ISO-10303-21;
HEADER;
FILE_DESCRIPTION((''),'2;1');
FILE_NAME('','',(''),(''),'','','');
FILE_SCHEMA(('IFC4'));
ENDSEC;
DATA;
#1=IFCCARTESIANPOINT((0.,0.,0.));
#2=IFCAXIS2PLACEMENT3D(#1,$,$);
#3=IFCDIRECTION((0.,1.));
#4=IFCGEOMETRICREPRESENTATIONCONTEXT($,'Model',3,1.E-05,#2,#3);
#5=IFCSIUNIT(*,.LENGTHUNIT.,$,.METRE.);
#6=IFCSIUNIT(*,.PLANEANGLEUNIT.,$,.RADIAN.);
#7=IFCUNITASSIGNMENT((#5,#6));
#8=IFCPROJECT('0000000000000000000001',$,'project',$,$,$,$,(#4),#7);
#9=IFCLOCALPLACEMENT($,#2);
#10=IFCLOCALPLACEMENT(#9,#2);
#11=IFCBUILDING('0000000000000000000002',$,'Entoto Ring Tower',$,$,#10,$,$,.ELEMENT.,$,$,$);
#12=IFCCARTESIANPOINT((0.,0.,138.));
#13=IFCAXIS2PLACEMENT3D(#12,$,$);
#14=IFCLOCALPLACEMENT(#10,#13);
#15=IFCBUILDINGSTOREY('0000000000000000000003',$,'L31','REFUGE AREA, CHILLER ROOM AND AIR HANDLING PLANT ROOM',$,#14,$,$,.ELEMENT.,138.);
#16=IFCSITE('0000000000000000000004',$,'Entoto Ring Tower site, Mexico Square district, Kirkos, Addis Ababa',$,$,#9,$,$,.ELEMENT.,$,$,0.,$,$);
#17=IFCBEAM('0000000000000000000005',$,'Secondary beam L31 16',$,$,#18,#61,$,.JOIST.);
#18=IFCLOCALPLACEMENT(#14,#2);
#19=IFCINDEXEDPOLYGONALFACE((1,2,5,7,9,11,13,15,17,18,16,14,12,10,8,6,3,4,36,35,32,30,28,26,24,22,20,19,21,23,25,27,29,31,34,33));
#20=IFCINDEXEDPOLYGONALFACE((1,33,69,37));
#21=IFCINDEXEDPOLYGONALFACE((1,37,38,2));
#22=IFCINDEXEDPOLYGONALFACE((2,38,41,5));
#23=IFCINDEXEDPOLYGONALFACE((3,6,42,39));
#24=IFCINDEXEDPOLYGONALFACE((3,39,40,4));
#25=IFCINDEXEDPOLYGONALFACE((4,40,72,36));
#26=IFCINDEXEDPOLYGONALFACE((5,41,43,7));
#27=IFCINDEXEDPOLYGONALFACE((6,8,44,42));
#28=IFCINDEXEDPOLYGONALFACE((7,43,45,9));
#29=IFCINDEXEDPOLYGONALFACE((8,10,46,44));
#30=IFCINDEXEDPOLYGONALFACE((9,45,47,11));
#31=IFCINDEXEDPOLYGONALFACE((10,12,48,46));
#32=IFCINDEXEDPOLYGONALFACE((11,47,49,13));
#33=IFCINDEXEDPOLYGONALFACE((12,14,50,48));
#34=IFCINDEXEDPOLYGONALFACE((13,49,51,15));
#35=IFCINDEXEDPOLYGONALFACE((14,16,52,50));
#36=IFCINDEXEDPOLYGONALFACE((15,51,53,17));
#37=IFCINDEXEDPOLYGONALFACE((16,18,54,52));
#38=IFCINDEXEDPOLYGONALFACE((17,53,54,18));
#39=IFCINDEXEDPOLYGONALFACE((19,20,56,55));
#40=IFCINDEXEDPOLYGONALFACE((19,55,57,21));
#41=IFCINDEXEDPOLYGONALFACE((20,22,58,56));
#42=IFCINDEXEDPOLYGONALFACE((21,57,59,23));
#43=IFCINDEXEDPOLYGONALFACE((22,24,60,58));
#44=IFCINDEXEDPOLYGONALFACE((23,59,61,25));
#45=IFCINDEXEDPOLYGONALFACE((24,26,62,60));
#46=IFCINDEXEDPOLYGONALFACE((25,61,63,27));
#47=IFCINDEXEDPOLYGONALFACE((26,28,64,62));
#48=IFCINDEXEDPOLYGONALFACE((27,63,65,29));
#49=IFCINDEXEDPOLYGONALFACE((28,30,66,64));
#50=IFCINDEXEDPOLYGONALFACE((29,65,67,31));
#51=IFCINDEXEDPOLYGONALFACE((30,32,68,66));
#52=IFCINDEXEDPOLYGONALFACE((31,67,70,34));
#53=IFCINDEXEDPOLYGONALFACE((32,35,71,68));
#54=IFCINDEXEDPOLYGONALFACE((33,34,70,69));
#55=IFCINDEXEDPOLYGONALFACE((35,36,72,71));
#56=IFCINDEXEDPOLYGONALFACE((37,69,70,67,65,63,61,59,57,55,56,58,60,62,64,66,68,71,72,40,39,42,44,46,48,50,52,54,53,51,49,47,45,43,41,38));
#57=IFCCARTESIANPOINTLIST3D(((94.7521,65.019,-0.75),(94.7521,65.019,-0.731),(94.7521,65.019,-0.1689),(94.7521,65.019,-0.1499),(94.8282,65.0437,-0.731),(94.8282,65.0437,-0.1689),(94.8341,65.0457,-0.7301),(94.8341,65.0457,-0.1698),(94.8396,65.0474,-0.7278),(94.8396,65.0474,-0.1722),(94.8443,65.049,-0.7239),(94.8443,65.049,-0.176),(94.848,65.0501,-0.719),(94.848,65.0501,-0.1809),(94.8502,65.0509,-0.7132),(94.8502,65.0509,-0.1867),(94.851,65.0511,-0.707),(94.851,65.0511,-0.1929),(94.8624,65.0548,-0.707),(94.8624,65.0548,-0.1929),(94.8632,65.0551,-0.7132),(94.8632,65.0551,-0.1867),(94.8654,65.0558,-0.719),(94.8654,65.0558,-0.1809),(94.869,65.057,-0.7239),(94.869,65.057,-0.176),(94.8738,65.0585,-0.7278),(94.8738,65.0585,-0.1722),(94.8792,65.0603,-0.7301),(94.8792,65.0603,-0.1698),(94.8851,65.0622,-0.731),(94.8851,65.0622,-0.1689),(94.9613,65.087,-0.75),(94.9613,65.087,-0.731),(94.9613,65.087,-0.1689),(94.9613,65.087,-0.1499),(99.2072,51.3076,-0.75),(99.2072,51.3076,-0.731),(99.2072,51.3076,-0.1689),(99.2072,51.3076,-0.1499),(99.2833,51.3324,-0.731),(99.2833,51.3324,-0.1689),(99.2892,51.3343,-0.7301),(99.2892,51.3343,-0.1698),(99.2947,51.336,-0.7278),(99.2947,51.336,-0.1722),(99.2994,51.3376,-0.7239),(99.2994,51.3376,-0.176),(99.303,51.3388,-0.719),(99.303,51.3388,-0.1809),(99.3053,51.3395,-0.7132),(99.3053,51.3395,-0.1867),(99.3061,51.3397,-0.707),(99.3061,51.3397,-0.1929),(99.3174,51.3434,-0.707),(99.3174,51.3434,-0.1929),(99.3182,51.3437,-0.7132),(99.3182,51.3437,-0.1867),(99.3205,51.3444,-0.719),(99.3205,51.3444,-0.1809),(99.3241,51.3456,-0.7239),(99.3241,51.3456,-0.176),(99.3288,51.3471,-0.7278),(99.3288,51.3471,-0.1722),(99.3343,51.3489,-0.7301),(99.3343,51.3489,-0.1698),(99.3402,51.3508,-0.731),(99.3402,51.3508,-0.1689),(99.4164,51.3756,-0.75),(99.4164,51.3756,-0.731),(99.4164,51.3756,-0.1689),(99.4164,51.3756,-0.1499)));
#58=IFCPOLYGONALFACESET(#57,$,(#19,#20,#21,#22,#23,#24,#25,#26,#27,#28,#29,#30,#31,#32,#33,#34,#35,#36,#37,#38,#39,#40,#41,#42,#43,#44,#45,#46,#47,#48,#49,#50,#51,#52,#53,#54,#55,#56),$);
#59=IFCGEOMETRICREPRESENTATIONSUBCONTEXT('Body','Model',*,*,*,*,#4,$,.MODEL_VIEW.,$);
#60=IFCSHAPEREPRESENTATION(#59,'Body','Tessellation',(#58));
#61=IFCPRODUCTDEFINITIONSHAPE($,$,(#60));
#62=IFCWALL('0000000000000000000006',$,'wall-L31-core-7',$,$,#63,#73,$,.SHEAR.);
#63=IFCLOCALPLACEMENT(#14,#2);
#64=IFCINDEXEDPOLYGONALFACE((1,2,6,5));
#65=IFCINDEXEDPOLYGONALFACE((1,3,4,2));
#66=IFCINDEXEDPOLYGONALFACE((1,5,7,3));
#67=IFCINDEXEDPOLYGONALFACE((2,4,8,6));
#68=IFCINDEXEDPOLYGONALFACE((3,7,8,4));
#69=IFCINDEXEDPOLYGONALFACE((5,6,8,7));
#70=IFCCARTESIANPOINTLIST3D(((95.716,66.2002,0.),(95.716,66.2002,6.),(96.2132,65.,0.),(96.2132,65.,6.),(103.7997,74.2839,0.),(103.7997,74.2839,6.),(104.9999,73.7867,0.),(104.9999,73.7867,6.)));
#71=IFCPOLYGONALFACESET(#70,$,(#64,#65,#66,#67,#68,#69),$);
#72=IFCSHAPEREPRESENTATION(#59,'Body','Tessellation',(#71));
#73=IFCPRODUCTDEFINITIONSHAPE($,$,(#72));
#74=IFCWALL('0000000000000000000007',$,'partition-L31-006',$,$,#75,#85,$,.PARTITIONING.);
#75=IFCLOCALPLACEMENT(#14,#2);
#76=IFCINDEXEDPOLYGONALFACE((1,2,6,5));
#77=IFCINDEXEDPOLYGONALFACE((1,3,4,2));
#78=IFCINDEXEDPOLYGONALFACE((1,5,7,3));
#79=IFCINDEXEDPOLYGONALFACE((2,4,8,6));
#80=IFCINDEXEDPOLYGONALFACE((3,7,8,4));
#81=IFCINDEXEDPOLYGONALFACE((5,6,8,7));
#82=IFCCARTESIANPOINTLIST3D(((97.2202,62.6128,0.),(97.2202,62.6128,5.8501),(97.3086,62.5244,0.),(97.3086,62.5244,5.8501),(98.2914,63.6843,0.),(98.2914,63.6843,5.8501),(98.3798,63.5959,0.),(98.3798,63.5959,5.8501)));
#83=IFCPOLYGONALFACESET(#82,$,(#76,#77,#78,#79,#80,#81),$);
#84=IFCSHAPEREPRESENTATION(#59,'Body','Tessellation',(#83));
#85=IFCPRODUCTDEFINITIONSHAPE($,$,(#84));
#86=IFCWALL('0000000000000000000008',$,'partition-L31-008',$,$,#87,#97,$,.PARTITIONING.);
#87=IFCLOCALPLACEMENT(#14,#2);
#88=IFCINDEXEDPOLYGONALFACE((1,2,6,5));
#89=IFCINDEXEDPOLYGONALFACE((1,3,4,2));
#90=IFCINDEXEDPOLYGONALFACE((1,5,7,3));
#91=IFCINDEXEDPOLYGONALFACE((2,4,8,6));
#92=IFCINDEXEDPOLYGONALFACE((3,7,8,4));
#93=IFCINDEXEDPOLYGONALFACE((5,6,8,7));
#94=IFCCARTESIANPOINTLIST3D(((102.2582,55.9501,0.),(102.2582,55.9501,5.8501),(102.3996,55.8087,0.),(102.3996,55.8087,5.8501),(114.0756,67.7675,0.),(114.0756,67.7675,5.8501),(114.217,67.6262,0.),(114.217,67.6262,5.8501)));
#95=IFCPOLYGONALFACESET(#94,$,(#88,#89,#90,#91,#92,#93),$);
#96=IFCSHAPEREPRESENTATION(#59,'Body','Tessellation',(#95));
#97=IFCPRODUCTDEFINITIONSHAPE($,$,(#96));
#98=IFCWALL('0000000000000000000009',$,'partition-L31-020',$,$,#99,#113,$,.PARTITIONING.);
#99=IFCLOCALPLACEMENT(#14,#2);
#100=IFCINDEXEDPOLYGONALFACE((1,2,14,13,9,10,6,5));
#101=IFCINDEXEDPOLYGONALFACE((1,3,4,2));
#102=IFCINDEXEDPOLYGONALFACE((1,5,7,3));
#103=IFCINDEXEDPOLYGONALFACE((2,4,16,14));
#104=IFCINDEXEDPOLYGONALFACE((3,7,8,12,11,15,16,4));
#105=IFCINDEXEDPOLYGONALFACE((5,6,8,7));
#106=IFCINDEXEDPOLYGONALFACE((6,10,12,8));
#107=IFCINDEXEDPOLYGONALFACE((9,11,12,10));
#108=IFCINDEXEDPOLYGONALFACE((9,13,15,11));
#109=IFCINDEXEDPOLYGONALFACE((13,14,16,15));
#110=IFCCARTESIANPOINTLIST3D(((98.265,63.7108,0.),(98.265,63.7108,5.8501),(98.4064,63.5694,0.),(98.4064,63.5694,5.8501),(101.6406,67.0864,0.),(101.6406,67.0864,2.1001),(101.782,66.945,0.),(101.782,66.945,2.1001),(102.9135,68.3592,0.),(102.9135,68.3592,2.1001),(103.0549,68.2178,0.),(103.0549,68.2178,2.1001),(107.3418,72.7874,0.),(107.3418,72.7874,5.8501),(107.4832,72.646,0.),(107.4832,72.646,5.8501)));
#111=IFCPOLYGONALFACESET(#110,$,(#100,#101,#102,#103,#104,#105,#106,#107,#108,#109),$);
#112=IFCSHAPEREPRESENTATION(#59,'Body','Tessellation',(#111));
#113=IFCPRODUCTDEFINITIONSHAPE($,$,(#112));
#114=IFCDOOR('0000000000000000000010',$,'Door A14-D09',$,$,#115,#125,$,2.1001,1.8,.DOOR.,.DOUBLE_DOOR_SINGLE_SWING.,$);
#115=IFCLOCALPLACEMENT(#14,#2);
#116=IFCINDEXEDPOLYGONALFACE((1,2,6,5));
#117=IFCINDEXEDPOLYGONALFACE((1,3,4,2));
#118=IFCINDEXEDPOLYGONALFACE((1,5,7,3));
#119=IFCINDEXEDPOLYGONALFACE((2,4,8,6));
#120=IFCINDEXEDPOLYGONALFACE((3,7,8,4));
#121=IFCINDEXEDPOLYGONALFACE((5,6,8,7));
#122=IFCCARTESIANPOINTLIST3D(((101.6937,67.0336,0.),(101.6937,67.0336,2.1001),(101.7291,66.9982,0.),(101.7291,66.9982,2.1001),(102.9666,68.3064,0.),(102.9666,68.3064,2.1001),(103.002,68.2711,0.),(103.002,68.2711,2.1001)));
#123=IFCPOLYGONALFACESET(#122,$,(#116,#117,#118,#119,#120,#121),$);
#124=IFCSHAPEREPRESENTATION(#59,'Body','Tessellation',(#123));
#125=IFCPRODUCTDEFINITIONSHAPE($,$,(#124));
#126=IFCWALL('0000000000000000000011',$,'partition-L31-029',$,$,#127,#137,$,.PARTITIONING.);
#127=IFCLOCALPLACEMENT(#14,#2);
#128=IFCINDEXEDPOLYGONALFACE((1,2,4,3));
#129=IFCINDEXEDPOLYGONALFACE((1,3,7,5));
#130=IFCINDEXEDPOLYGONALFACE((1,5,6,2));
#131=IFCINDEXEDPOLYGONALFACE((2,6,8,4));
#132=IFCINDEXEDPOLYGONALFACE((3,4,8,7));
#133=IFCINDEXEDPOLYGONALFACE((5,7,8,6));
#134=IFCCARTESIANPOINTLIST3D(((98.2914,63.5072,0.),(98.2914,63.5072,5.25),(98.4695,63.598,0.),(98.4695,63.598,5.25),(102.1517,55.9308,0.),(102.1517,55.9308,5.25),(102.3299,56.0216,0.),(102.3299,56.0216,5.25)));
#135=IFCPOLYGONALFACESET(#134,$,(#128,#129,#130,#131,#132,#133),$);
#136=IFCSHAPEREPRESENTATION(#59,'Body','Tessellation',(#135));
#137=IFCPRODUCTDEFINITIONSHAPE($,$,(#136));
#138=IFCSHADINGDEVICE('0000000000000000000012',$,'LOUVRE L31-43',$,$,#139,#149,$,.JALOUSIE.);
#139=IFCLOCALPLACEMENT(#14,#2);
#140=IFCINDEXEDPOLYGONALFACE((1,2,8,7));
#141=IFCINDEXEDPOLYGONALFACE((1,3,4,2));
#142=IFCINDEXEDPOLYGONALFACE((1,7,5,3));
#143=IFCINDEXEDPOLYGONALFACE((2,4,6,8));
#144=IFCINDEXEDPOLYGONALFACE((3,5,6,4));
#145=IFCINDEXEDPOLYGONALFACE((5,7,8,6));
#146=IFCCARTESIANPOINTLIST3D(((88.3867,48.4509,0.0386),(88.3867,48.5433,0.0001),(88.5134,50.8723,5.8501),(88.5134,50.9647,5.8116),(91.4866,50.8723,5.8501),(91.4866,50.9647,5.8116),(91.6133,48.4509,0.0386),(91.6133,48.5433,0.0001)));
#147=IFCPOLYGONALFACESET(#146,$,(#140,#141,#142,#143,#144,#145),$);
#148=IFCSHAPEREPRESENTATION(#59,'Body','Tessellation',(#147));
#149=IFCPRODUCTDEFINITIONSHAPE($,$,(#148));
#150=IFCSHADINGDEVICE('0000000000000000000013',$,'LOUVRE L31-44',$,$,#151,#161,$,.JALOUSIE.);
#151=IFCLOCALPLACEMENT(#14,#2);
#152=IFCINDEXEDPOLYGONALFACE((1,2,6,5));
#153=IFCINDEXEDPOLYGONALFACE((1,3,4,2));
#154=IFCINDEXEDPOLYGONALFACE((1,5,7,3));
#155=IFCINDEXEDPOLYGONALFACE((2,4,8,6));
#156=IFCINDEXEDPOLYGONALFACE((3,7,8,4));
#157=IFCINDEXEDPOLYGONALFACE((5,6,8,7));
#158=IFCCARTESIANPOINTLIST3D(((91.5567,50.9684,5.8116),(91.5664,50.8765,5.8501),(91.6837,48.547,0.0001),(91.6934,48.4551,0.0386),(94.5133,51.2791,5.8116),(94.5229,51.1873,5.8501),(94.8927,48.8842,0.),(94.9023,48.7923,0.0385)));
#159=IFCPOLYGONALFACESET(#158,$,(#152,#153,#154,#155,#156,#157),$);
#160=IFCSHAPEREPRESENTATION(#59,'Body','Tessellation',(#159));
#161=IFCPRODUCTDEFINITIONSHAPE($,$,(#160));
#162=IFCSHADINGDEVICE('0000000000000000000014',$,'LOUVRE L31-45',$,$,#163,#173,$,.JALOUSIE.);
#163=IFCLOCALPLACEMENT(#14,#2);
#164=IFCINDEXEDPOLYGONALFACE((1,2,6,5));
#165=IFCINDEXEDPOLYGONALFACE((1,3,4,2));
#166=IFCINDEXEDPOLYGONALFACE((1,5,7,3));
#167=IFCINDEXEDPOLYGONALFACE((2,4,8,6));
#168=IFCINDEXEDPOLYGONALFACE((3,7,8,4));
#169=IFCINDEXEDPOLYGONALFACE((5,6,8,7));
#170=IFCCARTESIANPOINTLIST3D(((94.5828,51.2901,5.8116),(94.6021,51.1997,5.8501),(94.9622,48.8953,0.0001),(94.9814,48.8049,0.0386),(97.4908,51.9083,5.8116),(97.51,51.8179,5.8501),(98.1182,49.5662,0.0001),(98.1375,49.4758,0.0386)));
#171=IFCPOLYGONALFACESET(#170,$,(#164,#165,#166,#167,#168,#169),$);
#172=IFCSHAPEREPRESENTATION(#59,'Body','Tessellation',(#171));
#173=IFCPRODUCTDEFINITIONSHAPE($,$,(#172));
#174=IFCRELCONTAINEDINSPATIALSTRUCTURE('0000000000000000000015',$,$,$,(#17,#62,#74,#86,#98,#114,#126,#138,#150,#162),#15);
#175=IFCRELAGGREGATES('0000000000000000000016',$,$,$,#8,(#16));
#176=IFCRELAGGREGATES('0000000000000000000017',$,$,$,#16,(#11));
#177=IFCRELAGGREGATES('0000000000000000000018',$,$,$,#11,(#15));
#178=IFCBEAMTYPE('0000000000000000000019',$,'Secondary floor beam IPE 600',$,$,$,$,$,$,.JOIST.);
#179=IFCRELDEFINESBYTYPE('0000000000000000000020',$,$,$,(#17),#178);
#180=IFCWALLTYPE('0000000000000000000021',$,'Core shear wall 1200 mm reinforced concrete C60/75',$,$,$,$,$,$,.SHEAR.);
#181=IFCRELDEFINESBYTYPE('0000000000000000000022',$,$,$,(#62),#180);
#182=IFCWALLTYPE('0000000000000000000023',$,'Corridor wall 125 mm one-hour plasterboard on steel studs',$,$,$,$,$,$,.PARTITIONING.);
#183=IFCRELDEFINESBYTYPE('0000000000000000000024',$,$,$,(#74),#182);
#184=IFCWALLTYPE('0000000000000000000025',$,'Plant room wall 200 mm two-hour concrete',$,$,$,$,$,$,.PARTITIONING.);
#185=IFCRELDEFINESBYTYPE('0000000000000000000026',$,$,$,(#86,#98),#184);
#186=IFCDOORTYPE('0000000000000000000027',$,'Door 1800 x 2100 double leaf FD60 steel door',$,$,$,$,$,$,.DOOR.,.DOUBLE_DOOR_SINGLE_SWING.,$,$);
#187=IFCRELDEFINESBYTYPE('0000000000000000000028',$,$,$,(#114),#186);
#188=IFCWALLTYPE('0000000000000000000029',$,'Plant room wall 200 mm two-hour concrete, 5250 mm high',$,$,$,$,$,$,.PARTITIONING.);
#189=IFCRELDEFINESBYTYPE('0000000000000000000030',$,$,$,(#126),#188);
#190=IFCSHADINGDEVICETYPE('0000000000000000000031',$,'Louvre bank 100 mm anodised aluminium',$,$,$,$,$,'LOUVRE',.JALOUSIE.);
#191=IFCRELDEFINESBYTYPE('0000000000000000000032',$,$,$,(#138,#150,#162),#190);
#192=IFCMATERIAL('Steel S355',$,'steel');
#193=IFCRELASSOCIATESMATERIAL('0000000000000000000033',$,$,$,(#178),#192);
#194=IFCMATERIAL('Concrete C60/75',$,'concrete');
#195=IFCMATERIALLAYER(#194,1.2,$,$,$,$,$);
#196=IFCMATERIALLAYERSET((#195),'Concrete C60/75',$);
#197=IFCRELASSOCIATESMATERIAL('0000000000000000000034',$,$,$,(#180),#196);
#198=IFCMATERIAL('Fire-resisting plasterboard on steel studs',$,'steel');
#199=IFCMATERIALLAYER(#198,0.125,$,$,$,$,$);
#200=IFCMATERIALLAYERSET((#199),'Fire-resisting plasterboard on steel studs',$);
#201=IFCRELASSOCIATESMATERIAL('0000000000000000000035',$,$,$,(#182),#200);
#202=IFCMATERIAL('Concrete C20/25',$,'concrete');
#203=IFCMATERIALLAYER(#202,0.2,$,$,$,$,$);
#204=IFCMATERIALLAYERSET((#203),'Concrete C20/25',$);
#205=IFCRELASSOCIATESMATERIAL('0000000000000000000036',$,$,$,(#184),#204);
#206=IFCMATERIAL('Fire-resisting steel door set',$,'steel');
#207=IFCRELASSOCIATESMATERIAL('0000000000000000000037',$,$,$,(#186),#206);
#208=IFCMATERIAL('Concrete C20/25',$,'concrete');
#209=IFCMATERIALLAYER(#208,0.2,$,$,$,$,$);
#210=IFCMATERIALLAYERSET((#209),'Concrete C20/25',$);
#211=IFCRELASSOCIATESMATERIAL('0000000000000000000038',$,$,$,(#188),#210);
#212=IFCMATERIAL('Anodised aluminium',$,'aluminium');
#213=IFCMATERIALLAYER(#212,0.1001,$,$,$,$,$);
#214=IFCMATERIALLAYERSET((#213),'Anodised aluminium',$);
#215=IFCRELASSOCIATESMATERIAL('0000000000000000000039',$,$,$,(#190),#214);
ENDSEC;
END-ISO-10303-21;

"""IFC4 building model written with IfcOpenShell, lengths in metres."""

from ifc_helpers import new_model, si_unit, direction, frame, frame_2d, origin, origin_2d, place, context, subcontext, project, spatial, polyline, rectangle, i_section, outline, extrude, material, layer, layer_set, material_profile, profile_set, type_object, element, fill, save


model = new_model("IFC4")

# Units and contexts
model_context = context("Model", 3, precision=1e-05, world=origin(), true_north=direction((0.0, 1.0)))
body_context = subcontext(model_context, "Body", "Model", "MODEL_VIEW")
ifc_project = project(units=[si_unit("LENGTHUNIT", "METRE"), si_unit("PLANEANGLEUNIT", "RADIAN")], contexts=[model_context])

# Site, building, storey
site_placement = place(None, origin())
site = spatial("IfcSite", under=ifc_project, at=site_placement, Name="Entoto Ring Tower site, Mexico Square district, Kirkos, Addis Ababa", CompositionType="ELEMENT", RefElevation=0.0)
building_placement = place(site_placement, origin())
building = spatial("IfcBuilding", under=site, at=building_placement, Name="Entoto Ring Tower", CompositionType="ELEMENT")
storey_placement = place(building_placement, frame((0.0, 0.0, 138.0)))
storey = spatial("IfcBuildingStorey", under=building, at=storey_placement, Name="L31", Description="REFUGE AREA, CHILLER ROOM AND AIR HANDLING PLANT ROOM", CompositionType="ELEMENT", Elevation=138.0)

# Beam
ifc_material_1 = material(Name="Steel S355", Category="steel")
ifc_material_profile_1 = material_profile(ifc_material_1, i_section(OverallWidth=0.22, OverallDepth=0.6001, WebThickness=0.012, FlangeThickness=0.019, FilletRadius=0.0239, at=origin_2d()), Name="IPE 600")
ifc_profile_set_1 = profile_set([ifc_material_profile_1], Name="Steel S355")
beam_type_1 = type_object("IfcBeamType", Name="Secondary floor beam IPE 600", PredefinedType="JOIST", material=ifc_profile_set_1)
beam_1_placement = place(storey_placement, frame((94.8567, 65.053, -0.45), z_axis=(0.309015, -0.951057, 0.0), x_axis=(0.951057, 0.309015, 0.0)))
element("IfcBeam", 1, at=beam_1_placement, inside=storey, type_object=beam_type_1, Name="Secondary beam L31 16", PredefinedType="JOIST", context=body_context, shape_type="SweptSolid", body=[
    extrude(i_section(OverallWidth=0.22, OverallDepth=0.6001, WebThickness=0.012, FlangeThickness=0.019, FilletRadius=0.0239, at=origin_2d()), origin(), (0.0, 0.0, 1.0), 14.417),
])

# Walls
ifc_material_2 = material(Name="Concrete C60/75", Category="concrete")
ifc_layer_1 = layer(ifc_material_2, 1.2)
ifc_layer_set_1 = layer_set([ifc_layer_1], Name="Concrete C60/75")
wall_type_1 = type_object("IfcWallType", Name="Core shear wall 1200 mm reinforced concrete C60/75", PredefinedType="SHEAR", material=ifc_layer_set_1)
wall_1_placement = place(storey_placement, frame((95.9646, 65.6001, 0.0), z_axis=(0.0, 0.0, 1.0), x_axis=(0.707107, 0.707107, 0.0)))
element("IfcWall", 2, at=wall_1_placement, inside=storey, type_object=wall_type_1, Name="wall-L31-core-7", PredefinedType="SHEAR", context=body_context, shape_type="SweptSolid", body=[
    extrude(outline(polyline([(-0.2485, -0.6001), (12.1777, -0.6001), (11.6807, 0.6001), (0.2485, 0.6001), (-0.2485, -0.6001)])), origin(), (0.0, 0.0, 1.0), 6.0),
])
ifc_material_3 = material(Name="Fire-resisting plasterboard on steel studs", Category="steel")
ifc_layer_2 = layer(ifc_material_3, 0.125)
ifc_layer_set_2 = layer_set([ifc_layer_2], Name="Fire-resisting plasterboard on steel studs")
wall_type_2 = type_object("IfcWallType", Name="Corridor wall 125 mm one-hour plasterboard on steel studs", PredefinedType="PARTITIONING", material=ifc_layer_set_2)
wall_2_placement = place(storey_placement, frame((97.2644, 62.5686, 0.0), z_axis=(0.0, 0.0, 1.0), x_axis=(0.707026, 0.707187, 0.0)))
element("IfcWall", 3, at=wall_2_placement, inside=storey, type_object=wall_type_2, Name="partition-L31-006", PredefinedType="PARTITIONING", context=body_context, shape_type="SweptSolid", body=[
    extrude(rectangle(XDim=1.5151, YDim=0.125, at=frame_2d((0.7576, 0.0))), origin(), (0.0, 0.0, 1.0), 5.8501),
])
ifc_material_4 = material(Name="Concrete C20/25", Category="concrete")
ifc_layer_3 = layer(ifc_material_4, 0.2)
ifc_layer_set_3 = layer_set([ifc_layer_3], Name="Concrete C20/25")
wall_type_3 = type_object("IfcWallType", Name="Plant room wall 200 mm two-hour concrete", PredefinedType="PARTITIONING", material=ifc_layer_set_3)
wall_3_placement = place(storey_placement, frame((102.3289, 55.8794, 0.0), z_axis=(0.0, 0.0, 1.0), x_axis=(0.707107, 0.707107, 0.0)))
element("IfcWall", 4, at=wall_3_placement, inside=storey, type_object=wall_type_3, Name="partition-L31-008", PredefinedType="PARTITIONING", context=body_context, shape_type="SweptSolid", body=[
    extrude(rectangle(XDim=16.7124, YDim=0.2, at=frame_2d((8.3562, 0.0))), origin(), (0.0, 0.0, 1.0), 5.8501),
])

# Wall, opening, door
wall_4_placement = place(storey_placement, frame((98.3357, 63.6401, 0.0), z_axis=(0.0, 0.0, 1.0), x_axis=(0.707116, 0.707097, 0.0)))
wall_4 = element("IfcWall", 5, at=wall_4_placement, inside=storey, type_object=wall_type_3, Name="partition-L31-020", PredefinedType="PARTITIONING", context=body_context, shape_type="SweptSolid", body=[
    extrude(rectangle(XDim=12.8364, YDim=0.2, at=frame_2d((6.4182, 0.0))), origin(), (0.0, 0.0, 1.0), 5.8501),
])
opening_placement = place(wall_4_placement, frame((4.7739, 0.0, 0.0)))
opening = element("IfcOpeningElement", 6, at=opening_placement, cuts=wall_4, PredefinedType="OPENING", context=body_context, shape_type="SweptSolid", body=[
    extrude(rectangle(XDim=1.8, YDim=2.1001, at=frame_2d((0.8999, 1.05))), frame((0.0, 0.1099, 0.0), z_axis=(0.0, -1.0, 0.0), x_axis=(1.0, 0.0, 0.0)), (0.0, 0.0, 1.0), 0.22),
])
ifc_material_5 = material(Name="Fire-resisting steel door set", Category="steel")
door_type = type_object("IfcDoorType", Name="Door 1800 x 2100 double leaf FD60 steel door", OperationType="DOUBLE_DOOR_SINGLE_SWING", PredefinedType="DOOR", material=ifc_material_5)
door_placement = place(opening_placement, frame((1.8, 0.0, 0.0), z_axis=(0.0, 0.0, 1.0), x_axis=(-1.0, 0.0, 0.0)))
door = element("IfcDoor", 7, at=door_placement, inside=storey, type_object=door_type, Name="Door A14-D09", OperationType="DOUBLE_DOOR_SINGLE_SWING", OverallHeight=2.1001, OverallWidth=1.8, PredefinedType="DOOR", context=body_context, shape_type="SweptSolid", body=[
    extrude(rectangle(XDim=1.8, YDim=2.1001, at=frame_2d((0.8999, 1.05))), frame((0.0, 0.0249, 0.0), z_axis=(0.0, -1.0, 0.0), x_axis=(1.0, 0.0, 0.0)), (0.0, 0.0, 1.0), 0.05),
])
fill(opening, door)

# Wall
ifc_material_6 = material(Name="Concrete C20/25", Category="concrete")
ifc_layer_4 = layer(ifc_material_6, 0.2)
ifc_layer_set_4 = layer_set([ifc_layer_4], Name="Concrete C20/25")
wall_type_4 = type_object("IfcWallType", Name="Plant room wall 200 mm two-hour concrete, 5250 mm high", PredefinedType="PARTITIONING", material=ifc_layer_set_4)
wall_5_placement = place(storey_placement, frame((102.2407, 55.9763, 0.0), z_axis=(0.0, 0.0, 1.0), x_axis=(-0.453988, 0.891008, 0.0)))
element("IfcWall", 8, at=wall_5_placement, inside=storey, type_object=wall_type_4, Name="partition-L31-029", PredefinedType="PARTITIONING", context=body_context, shape_type="SweptSolid", body=[
    extrude(rectangle(XDim=8.5032, YDim=0.2, at=frame_2d((4.2515, 0.0))), origin(), (0.0, 0.0, 1.0), 5.25),
])

# Shading devices
ifc_material_7 = material(Name="Anodised aluminium", Category="aluminium")
ifc_layer_5 = layer(ifc_material_7, 0.1001)
ifc_layer_set_5 = layer_set([ifc_layer_5], Name="Anodised aluminium")
shading_device_type = type_object("IfcShadingDeviceType", Name="Louvre bank 100 mm anodised aluminium", ElementType="LOUVRE", PredefinedType="JALOUSIE", material=ifc_layer_set_5)
shading_device_1_placement = place(storey_placement, frame((88.3867, 48.4509, 0.0386), z_axis=(0.0, -0.923082, 0.384604), x_axis=(1.0, 0.0, 0.0)))
element("IfcShadingDevice", 9, at=shading_device_1_placement, inside=storey, type_object=shading_device_type, Name="LOUVRE L31-43", PredefinedType="JALOUSIE", context=body_context, shape_type="SweptSolid", body=[
    extrude(outline(polyline([(0.0, 0.0), (3.2266, 0.0), (3.0999, 6.2958), (0.1267, 6.2958), (0.0, 0.0)])), origin(), (0.0, 0.0, -1.0), 0.1001),
])
shading_device_2_placement = place(storey_placement, frame((91.6934, 48.4551, 0.0386), z_axis=(0.096477, -0.918021, 0.384616), x_axis=(0.994524, 0.104513, -0.000009)))
element("IfcShadingDevice", 10, at=shading_device_2_placement, inside=storey, type_object=shading_device_type, Name="LOUVRE L31-44", PredefinedType="JALOUSIE", context=body_context, shape_type="SweptSolid", body=[
    extrude(outline(polyline([(0.0, 0.0), (3.2266, 0.0), (3.0996, 6.2958), (0.1268, 6.2958), (0.0, 0.0)])), origin(), (0.0, 0.0, -1.0), 0.1001),
])
shading_device_3_placement = place(storey_placement, frame((94.9814, 48.8049, 0.0386), z_axis=(0.191938, -0.90291, 0.384595), x_axis=(0.978143, 0.207931, 0.0)))
element("IfcShadingDevice", 11, at=shading_device_3_placement, inside=storey, type_object=shading_device_type, Name="LOUVRE L31-45", PredefinedType="JALOUSIE", context=body_context, shape_type="SweptSolid", body=[
    extrude(outline(polyline([(0.0, 0.0), (3.2265, 0.0), (3.0998, 6.2958), (0.1268, 6.2958), (0.0, 0.0)])), origin(), (0.0, 0.0, -1.0), 0.1001),
])

save(model, "model.ifc")
